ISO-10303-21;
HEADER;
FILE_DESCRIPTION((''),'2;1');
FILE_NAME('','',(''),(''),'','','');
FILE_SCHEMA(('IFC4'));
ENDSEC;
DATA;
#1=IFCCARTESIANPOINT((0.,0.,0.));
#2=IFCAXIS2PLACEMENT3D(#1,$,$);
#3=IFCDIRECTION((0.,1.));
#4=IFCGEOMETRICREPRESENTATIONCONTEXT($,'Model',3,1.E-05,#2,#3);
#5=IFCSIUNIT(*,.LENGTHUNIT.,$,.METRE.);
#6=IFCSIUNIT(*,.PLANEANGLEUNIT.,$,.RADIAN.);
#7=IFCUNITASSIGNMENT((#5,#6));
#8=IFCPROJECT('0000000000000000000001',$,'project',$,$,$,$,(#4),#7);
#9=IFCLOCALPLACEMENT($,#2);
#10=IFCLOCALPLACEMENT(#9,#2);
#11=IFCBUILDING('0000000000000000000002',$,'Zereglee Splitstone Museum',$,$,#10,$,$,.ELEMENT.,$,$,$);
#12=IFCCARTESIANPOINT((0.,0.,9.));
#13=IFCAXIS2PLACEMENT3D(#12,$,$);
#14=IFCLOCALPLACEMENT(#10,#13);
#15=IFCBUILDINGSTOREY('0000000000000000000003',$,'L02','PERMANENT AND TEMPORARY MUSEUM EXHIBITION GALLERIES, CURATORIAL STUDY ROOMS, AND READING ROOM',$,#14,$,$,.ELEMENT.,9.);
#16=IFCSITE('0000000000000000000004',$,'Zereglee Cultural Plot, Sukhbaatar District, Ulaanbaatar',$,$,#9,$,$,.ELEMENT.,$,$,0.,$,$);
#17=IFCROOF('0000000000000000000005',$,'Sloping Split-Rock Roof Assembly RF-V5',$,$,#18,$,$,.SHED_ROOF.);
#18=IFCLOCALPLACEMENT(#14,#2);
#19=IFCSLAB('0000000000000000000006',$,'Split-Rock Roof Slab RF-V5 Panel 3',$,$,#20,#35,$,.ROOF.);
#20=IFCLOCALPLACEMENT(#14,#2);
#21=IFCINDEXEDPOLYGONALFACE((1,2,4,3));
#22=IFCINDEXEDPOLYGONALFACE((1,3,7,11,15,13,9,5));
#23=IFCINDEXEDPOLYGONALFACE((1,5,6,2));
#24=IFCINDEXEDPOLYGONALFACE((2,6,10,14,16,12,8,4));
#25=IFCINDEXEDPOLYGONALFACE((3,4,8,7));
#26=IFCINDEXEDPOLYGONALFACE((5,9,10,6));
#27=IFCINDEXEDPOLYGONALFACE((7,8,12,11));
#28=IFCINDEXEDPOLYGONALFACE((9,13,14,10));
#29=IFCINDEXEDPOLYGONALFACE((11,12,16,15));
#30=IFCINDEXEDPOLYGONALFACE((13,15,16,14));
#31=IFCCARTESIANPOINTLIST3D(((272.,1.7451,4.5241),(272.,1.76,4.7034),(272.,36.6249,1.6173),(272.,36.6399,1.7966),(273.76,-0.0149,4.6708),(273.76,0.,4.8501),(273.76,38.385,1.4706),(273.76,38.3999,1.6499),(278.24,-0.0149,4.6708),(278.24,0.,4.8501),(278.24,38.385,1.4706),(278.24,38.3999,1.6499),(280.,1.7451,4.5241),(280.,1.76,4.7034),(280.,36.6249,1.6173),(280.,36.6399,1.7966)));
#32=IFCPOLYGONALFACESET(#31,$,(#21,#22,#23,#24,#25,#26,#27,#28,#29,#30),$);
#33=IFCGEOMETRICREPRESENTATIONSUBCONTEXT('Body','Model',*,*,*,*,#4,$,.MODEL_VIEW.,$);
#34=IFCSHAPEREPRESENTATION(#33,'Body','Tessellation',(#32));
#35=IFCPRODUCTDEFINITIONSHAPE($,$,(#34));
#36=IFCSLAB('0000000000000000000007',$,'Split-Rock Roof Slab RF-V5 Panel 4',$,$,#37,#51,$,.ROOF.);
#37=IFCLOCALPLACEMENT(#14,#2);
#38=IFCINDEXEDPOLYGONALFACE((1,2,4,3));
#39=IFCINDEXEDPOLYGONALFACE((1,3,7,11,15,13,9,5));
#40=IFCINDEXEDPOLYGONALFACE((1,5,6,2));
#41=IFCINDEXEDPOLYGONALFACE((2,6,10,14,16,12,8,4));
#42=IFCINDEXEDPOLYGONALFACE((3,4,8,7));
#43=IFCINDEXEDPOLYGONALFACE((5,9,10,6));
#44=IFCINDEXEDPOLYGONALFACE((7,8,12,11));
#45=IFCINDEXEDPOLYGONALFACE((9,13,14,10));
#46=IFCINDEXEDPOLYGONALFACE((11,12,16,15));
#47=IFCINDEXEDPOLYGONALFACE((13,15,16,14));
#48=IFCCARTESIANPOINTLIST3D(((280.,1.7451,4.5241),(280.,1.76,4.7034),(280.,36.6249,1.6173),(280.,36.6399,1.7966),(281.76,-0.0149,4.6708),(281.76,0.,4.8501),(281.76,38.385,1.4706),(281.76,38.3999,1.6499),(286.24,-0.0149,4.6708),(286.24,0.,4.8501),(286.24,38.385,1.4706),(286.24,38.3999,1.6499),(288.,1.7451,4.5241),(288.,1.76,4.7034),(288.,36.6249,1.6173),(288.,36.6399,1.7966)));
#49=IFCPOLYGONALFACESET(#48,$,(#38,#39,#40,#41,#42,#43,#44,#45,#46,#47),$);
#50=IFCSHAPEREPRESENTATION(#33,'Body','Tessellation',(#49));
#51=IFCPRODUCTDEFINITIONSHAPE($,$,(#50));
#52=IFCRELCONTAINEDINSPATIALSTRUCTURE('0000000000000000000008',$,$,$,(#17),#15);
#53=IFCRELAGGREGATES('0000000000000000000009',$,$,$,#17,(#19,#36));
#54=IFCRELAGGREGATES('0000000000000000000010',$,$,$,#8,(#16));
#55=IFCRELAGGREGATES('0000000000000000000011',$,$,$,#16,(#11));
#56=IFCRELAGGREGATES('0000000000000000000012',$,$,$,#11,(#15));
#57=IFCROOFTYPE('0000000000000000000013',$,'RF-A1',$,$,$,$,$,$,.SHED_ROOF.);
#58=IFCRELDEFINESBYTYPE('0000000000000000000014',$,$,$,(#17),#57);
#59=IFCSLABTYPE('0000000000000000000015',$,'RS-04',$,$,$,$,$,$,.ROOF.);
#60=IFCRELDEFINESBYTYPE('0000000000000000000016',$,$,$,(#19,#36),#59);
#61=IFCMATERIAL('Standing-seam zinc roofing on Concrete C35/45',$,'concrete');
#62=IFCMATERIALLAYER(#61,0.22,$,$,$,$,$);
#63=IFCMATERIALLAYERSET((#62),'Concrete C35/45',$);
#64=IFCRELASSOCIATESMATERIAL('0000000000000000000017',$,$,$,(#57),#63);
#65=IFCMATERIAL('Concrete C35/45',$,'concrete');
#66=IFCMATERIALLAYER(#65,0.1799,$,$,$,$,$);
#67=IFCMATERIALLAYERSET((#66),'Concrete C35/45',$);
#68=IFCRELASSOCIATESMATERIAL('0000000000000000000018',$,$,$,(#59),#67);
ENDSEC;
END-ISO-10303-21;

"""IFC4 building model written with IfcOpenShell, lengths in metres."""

from ifc_helpers import new_model, si_unit, direction, frame, origin, place, context, subcontext, project, spatial, polyline, outline, extrude, material, layer, layer_set, type_object, element, aggregate, save


model = new_model("IFC4")

# Units and contexts
model_context = context("Model", 3, precision=1e-05, world=origin(), true_north=direction((0.0, 1.0)))
body_context = subcontext(model_context, "Body", "Model", "MODEL_VIEW")
ifc_project = project(units=[si_unit("LENGTHUNIT", "METRE"), si_unit("PLANEANGLEUNIT", "RADIAN")], contexts=[model_context])

# Site, building, storey
site_placement = place(None, origin())
site = spatial("IfcSite", under=ifc_project, at=site_placement, Name="Zereglee Cultural Plot, Sukhbaatar District, Ulaanbaatar", CompositionType="ELEMENT", RefElevation=0.0)
building_placement = place(site_placement, origin())
building = spatial("IfcBuilding", under=site, at=building_placement, Name="Zereglee Splitstone Museum", CompositionType="ELEMENT")
storey_placement = place(building_placement, frame((0.0, 0.0, 9.0)))
storey = spatial("IfcBuildingStorey", under=building, at=storey_placement, Name="L02", Description="PERMANENT AND TEMPORARY MUSEUM EXHIBITION GALLERIES, CURATORIAL STUDY ROOMS, AND READING ROOM", CompositionType="ELEMENT", Elevation=9.0)

# Roof, slabs
ifc_material_1 = material(Name="Standing-seam zinc roofing on Concrete C35/45", Category="concrete")
ifc_layer_1 = layer(ifc_material_1, 0.22)
ifc_layer_set_1 = layer_set([ifc_layer_1], Name="Concrete C35/45")
roof_type = type_object("IfcRoofType", Name="RF-A1", PredefinedType="SHED_ROOF", material=ifc_layer_set_1)
roof_placement = place(storey_placement, origin())
roof = element("IfcRoof", 1, at=roof_placement, inside=storey, type_object=roof_type, Name="Sloping Split-Rock Roof Assembly RF-V5", PredefinedType="SHED_ROOF")
ifc_material_2 = material(Name="Concrete C35/45", Category="concrete")
ifc_layer_2 = layer(ifc_material_2, 0.1799)
ifc_layer_set_2 = layer_set([ifc_layer_2], Name="Concrete C35/45")
slab_type = type_object("IfcSlabType", Name="RS-04", PredefinedType="ROOF", material=ifc_layer_set_2)
slab_1_placement = place(storey_placement, frame((273.76, 0.0, 4.8501), z_axis=(0.0, 0.08305, 0.996545), x_axis=(1.0, 0.0, 0.0)))
slab_1 = element("IfcSlab", 2, at=slab_1_placement, type_object=slab_type, Name="Split-Rock Roof Slab RF-V5 Panel 3", PredefinedType="ROOF", context=body_context, shape_type="SweptSolid", body=[
    extrude(outline(polyline([(0.0, 0.0), (4.48, 0.0), (6.24, 1.7661), (6.24, 36.7669), (4.48, 38.533), (0.0, 38.533), (-1.76, 36.7669), (-1.76, 1.7661), (0.0, 0.0)])), origin(), (0.0, 0.0, -1.0), 0.1799),
])
slab_2_placement = place(storey_placement, frame((281.76, 0.0, 4.8501), z_axis=(0.0, 0.08305, 0.996545), x_axis=(1.0, 0.0, 0.0)))
slab_2 = element("IfcSlab", 3, at=slab_2_placement, type_object=slab_type, Name="Split-Rock Roof Slab RF-V5 Panel 4", PredefinedType="ROOF", context=body_context, shape_type="SweptSolid", body=[
    extrude(outline(polyline([(0.0, 0.0), (4.48, 0.0), (6.24, 1.7661), (6.24, 36.7669), (4.48, 38.533), (0.0, 38.533), (-1.76, 36.7669), (-1.76, 1.7661), (0.0, 0.0)])), origin(), (0.0, 0.0, -1.0), 0.1799),
])
aggregate(roof, [slab_1, slab_2])

save(model, "model.ifc")
